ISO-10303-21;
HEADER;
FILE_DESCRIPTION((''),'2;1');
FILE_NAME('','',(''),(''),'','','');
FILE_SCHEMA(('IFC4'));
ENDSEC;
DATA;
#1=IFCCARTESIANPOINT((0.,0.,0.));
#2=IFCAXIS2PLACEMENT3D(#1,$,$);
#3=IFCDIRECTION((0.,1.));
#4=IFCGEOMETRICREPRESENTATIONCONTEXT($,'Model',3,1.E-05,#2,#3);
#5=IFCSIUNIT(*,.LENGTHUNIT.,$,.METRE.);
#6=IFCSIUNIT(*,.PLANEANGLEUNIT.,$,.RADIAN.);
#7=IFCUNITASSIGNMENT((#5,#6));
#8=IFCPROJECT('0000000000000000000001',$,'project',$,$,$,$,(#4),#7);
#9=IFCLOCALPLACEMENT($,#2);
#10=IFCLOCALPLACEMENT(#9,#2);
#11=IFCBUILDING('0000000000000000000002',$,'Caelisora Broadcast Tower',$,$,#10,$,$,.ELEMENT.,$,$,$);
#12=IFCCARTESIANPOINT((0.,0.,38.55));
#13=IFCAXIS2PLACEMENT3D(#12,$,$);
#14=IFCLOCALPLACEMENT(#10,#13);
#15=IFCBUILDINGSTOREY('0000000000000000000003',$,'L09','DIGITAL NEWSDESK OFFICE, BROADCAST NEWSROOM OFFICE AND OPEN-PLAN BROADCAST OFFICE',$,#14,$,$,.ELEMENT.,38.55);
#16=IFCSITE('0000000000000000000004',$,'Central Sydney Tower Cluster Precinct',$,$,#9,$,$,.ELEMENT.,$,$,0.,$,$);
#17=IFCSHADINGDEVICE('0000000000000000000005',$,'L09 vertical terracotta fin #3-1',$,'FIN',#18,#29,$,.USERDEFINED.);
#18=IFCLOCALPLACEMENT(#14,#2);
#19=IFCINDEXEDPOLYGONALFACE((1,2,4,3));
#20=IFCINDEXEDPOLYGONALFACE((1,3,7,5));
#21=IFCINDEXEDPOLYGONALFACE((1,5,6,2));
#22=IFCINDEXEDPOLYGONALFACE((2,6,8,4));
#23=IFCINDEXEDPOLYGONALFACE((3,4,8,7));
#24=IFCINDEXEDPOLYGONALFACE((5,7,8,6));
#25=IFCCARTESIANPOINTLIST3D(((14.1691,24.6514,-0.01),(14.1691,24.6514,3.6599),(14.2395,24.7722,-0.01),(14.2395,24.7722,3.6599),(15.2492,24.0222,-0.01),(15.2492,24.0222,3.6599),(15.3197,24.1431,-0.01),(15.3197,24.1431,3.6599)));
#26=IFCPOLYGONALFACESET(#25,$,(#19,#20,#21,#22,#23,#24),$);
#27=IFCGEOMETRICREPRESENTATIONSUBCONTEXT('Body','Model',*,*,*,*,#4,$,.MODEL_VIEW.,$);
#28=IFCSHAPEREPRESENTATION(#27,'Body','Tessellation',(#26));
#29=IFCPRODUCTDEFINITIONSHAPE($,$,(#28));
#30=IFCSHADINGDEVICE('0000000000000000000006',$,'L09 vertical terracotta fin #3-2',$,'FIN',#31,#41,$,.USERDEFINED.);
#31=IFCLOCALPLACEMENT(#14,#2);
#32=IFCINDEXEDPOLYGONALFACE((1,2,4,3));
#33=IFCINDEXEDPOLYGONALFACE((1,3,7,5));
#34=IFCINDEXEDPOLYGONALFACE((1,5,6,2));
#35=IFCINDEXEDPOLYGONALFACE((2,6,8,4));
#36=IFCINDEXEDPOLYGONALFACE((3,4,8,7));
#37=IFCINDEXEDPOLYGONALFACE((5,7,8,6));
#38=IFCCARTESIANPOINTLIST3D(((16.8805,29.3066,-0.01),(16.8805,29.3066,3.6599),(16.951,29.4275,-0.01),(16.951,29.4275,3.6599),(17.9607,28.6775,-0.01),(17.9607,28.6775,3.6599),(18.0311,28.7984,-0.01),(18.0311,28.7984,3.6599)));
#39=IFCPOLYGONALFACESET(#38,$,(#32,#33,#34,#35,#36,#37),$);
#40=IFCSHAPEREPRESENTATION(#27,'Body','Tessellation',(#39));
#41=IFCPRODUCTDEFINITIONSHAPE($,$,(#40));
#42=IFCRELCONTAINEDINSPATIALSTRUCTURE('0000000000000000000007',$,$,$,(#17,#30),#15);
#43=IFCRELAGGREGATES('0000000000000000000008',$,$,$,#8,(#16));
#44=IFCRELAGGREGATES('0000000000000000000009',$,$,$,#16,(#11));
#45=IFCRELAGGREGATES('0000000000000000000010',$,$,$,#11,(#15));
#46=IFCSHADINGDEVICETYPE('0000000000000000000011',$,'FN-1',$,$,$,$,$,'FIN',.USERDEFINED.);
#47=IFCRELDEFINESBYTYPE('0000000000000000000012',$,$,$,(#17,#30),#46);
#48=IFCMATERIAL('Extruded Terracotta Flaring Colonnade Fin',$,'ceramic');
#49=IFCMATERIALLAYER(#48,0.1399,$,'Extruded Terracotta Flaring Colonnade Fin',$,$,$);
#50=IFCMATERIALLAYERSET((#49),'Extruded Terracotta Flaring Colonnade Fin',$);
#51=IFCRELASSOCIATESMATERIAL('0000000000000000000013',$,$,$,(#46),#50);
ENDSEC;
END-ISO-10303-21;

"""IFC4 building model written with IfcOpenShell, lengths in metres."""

from ifc_helpers import new_model, si_unit, direction, frame, origin, origin_2d, place, context, subcontext, project, spatial, rectangle, extrude, source, transform, mapped, material, layer, layer_set, type_object, type_shapes, element, save


model = new_model("IFC4")

# Units and contexts
model_context = context("Model", 3, precision=1e-05, world=origin(), true_north=direction((0.0, 1.0)))
body_context = subcontext(model_context, "Body", "Model", "MODEL_VIEW")
ifc_project = project(units=[si_unit("LENGTHUNIT", "METRE"), si_unit("PLANEANGLEUNIT", "RADIAN")], contexts=[model_context])

# Site, building, storey
site_placement = place(None, origin())
site = spatial("IfcSite", under=ifc_project, at=site_placement, Name="Central Sydney Tower Cluster Precinct", CompositionType="ELEMENT", RefElevation=0.0)
building_placement = place(site_placement, origin())
building = spatial("IfcBuilding", under=site, at=building_placement, Name="Caelisora Broadcast Tower", CompositionType="ELEMENT")
storey_placement = place(building_placement, frame((0.0, 0.0, 38.55)))
storey = spatial("IfcBuildingStorey", under=building, at=storey_placement, Name="L09", Description="DIGITAL NEWSDESK OFFICE, BROADCAST NEWSROOM OFFICE AND OPEN-PLAN BROADCAST OFFICE", CompositionType="ELEMENT", Elevation=38.55)

# Shading devices
ifc_material_1 = material(Name="Extruded Terracotta Flaring Colonnade Fin", Category="ceramic")
ifc_layer_1 = layer(ifc_material_1, 0.1399, Name="Extruded Terracotta Flaring Colonnade Fin")
ifc_layer_set_1 = layer_set([ifc_layer_1], Name="Extruded Terracotta Flaring Colonnade Fin")
shading_device_type = type_object("IfcShadingDeviceType", Name="FN-1", ElementType="FIN", PredefinedType="USERDEFINED", material=ifc_layer_set_1)
shared_shape_1 = source(origin(), body_context, "Body", "SweptSolid", [
    extrude(rectangle(XDim=0.1399, YDim=1.25, at=origin_2d()), origin(), (0.0, 0.0, 1.0), 3.6699),
])
type_shapes(shading_device_type, [shared_shape_1])
for number, where, z_axis, x_axis, name in (
    (1, (14.7444, 24.3972, -0.01), (0.0, 0.0, 1.0), (0.503322, 0.864099, 0.0), "L09 vertical terracotta fin #3-1"),
    (2, (17.4558, 29.0525, -0.01), (0.0, 0.0, 1.0), (0.503322, 0.864099, 0.0), "L09 vertical terracotta fin #3-2"),
):
    element("IfcShadingDevice", number, at=place(storey_placement, frame(where, z_axis=z_axis, x_axis=x_axis)), inside=storey, type_object=shading_device_type, Name=name, ObjectType="FIN", PredefinedType="USERDEFINED", context=body_context, shape_type="MappedRepresentation", body=[
        mapped(shared_shape_1, transform((0.0, 0.0, 0.0), scale=1.0)),
    ])

save(model, "model.ifc")
